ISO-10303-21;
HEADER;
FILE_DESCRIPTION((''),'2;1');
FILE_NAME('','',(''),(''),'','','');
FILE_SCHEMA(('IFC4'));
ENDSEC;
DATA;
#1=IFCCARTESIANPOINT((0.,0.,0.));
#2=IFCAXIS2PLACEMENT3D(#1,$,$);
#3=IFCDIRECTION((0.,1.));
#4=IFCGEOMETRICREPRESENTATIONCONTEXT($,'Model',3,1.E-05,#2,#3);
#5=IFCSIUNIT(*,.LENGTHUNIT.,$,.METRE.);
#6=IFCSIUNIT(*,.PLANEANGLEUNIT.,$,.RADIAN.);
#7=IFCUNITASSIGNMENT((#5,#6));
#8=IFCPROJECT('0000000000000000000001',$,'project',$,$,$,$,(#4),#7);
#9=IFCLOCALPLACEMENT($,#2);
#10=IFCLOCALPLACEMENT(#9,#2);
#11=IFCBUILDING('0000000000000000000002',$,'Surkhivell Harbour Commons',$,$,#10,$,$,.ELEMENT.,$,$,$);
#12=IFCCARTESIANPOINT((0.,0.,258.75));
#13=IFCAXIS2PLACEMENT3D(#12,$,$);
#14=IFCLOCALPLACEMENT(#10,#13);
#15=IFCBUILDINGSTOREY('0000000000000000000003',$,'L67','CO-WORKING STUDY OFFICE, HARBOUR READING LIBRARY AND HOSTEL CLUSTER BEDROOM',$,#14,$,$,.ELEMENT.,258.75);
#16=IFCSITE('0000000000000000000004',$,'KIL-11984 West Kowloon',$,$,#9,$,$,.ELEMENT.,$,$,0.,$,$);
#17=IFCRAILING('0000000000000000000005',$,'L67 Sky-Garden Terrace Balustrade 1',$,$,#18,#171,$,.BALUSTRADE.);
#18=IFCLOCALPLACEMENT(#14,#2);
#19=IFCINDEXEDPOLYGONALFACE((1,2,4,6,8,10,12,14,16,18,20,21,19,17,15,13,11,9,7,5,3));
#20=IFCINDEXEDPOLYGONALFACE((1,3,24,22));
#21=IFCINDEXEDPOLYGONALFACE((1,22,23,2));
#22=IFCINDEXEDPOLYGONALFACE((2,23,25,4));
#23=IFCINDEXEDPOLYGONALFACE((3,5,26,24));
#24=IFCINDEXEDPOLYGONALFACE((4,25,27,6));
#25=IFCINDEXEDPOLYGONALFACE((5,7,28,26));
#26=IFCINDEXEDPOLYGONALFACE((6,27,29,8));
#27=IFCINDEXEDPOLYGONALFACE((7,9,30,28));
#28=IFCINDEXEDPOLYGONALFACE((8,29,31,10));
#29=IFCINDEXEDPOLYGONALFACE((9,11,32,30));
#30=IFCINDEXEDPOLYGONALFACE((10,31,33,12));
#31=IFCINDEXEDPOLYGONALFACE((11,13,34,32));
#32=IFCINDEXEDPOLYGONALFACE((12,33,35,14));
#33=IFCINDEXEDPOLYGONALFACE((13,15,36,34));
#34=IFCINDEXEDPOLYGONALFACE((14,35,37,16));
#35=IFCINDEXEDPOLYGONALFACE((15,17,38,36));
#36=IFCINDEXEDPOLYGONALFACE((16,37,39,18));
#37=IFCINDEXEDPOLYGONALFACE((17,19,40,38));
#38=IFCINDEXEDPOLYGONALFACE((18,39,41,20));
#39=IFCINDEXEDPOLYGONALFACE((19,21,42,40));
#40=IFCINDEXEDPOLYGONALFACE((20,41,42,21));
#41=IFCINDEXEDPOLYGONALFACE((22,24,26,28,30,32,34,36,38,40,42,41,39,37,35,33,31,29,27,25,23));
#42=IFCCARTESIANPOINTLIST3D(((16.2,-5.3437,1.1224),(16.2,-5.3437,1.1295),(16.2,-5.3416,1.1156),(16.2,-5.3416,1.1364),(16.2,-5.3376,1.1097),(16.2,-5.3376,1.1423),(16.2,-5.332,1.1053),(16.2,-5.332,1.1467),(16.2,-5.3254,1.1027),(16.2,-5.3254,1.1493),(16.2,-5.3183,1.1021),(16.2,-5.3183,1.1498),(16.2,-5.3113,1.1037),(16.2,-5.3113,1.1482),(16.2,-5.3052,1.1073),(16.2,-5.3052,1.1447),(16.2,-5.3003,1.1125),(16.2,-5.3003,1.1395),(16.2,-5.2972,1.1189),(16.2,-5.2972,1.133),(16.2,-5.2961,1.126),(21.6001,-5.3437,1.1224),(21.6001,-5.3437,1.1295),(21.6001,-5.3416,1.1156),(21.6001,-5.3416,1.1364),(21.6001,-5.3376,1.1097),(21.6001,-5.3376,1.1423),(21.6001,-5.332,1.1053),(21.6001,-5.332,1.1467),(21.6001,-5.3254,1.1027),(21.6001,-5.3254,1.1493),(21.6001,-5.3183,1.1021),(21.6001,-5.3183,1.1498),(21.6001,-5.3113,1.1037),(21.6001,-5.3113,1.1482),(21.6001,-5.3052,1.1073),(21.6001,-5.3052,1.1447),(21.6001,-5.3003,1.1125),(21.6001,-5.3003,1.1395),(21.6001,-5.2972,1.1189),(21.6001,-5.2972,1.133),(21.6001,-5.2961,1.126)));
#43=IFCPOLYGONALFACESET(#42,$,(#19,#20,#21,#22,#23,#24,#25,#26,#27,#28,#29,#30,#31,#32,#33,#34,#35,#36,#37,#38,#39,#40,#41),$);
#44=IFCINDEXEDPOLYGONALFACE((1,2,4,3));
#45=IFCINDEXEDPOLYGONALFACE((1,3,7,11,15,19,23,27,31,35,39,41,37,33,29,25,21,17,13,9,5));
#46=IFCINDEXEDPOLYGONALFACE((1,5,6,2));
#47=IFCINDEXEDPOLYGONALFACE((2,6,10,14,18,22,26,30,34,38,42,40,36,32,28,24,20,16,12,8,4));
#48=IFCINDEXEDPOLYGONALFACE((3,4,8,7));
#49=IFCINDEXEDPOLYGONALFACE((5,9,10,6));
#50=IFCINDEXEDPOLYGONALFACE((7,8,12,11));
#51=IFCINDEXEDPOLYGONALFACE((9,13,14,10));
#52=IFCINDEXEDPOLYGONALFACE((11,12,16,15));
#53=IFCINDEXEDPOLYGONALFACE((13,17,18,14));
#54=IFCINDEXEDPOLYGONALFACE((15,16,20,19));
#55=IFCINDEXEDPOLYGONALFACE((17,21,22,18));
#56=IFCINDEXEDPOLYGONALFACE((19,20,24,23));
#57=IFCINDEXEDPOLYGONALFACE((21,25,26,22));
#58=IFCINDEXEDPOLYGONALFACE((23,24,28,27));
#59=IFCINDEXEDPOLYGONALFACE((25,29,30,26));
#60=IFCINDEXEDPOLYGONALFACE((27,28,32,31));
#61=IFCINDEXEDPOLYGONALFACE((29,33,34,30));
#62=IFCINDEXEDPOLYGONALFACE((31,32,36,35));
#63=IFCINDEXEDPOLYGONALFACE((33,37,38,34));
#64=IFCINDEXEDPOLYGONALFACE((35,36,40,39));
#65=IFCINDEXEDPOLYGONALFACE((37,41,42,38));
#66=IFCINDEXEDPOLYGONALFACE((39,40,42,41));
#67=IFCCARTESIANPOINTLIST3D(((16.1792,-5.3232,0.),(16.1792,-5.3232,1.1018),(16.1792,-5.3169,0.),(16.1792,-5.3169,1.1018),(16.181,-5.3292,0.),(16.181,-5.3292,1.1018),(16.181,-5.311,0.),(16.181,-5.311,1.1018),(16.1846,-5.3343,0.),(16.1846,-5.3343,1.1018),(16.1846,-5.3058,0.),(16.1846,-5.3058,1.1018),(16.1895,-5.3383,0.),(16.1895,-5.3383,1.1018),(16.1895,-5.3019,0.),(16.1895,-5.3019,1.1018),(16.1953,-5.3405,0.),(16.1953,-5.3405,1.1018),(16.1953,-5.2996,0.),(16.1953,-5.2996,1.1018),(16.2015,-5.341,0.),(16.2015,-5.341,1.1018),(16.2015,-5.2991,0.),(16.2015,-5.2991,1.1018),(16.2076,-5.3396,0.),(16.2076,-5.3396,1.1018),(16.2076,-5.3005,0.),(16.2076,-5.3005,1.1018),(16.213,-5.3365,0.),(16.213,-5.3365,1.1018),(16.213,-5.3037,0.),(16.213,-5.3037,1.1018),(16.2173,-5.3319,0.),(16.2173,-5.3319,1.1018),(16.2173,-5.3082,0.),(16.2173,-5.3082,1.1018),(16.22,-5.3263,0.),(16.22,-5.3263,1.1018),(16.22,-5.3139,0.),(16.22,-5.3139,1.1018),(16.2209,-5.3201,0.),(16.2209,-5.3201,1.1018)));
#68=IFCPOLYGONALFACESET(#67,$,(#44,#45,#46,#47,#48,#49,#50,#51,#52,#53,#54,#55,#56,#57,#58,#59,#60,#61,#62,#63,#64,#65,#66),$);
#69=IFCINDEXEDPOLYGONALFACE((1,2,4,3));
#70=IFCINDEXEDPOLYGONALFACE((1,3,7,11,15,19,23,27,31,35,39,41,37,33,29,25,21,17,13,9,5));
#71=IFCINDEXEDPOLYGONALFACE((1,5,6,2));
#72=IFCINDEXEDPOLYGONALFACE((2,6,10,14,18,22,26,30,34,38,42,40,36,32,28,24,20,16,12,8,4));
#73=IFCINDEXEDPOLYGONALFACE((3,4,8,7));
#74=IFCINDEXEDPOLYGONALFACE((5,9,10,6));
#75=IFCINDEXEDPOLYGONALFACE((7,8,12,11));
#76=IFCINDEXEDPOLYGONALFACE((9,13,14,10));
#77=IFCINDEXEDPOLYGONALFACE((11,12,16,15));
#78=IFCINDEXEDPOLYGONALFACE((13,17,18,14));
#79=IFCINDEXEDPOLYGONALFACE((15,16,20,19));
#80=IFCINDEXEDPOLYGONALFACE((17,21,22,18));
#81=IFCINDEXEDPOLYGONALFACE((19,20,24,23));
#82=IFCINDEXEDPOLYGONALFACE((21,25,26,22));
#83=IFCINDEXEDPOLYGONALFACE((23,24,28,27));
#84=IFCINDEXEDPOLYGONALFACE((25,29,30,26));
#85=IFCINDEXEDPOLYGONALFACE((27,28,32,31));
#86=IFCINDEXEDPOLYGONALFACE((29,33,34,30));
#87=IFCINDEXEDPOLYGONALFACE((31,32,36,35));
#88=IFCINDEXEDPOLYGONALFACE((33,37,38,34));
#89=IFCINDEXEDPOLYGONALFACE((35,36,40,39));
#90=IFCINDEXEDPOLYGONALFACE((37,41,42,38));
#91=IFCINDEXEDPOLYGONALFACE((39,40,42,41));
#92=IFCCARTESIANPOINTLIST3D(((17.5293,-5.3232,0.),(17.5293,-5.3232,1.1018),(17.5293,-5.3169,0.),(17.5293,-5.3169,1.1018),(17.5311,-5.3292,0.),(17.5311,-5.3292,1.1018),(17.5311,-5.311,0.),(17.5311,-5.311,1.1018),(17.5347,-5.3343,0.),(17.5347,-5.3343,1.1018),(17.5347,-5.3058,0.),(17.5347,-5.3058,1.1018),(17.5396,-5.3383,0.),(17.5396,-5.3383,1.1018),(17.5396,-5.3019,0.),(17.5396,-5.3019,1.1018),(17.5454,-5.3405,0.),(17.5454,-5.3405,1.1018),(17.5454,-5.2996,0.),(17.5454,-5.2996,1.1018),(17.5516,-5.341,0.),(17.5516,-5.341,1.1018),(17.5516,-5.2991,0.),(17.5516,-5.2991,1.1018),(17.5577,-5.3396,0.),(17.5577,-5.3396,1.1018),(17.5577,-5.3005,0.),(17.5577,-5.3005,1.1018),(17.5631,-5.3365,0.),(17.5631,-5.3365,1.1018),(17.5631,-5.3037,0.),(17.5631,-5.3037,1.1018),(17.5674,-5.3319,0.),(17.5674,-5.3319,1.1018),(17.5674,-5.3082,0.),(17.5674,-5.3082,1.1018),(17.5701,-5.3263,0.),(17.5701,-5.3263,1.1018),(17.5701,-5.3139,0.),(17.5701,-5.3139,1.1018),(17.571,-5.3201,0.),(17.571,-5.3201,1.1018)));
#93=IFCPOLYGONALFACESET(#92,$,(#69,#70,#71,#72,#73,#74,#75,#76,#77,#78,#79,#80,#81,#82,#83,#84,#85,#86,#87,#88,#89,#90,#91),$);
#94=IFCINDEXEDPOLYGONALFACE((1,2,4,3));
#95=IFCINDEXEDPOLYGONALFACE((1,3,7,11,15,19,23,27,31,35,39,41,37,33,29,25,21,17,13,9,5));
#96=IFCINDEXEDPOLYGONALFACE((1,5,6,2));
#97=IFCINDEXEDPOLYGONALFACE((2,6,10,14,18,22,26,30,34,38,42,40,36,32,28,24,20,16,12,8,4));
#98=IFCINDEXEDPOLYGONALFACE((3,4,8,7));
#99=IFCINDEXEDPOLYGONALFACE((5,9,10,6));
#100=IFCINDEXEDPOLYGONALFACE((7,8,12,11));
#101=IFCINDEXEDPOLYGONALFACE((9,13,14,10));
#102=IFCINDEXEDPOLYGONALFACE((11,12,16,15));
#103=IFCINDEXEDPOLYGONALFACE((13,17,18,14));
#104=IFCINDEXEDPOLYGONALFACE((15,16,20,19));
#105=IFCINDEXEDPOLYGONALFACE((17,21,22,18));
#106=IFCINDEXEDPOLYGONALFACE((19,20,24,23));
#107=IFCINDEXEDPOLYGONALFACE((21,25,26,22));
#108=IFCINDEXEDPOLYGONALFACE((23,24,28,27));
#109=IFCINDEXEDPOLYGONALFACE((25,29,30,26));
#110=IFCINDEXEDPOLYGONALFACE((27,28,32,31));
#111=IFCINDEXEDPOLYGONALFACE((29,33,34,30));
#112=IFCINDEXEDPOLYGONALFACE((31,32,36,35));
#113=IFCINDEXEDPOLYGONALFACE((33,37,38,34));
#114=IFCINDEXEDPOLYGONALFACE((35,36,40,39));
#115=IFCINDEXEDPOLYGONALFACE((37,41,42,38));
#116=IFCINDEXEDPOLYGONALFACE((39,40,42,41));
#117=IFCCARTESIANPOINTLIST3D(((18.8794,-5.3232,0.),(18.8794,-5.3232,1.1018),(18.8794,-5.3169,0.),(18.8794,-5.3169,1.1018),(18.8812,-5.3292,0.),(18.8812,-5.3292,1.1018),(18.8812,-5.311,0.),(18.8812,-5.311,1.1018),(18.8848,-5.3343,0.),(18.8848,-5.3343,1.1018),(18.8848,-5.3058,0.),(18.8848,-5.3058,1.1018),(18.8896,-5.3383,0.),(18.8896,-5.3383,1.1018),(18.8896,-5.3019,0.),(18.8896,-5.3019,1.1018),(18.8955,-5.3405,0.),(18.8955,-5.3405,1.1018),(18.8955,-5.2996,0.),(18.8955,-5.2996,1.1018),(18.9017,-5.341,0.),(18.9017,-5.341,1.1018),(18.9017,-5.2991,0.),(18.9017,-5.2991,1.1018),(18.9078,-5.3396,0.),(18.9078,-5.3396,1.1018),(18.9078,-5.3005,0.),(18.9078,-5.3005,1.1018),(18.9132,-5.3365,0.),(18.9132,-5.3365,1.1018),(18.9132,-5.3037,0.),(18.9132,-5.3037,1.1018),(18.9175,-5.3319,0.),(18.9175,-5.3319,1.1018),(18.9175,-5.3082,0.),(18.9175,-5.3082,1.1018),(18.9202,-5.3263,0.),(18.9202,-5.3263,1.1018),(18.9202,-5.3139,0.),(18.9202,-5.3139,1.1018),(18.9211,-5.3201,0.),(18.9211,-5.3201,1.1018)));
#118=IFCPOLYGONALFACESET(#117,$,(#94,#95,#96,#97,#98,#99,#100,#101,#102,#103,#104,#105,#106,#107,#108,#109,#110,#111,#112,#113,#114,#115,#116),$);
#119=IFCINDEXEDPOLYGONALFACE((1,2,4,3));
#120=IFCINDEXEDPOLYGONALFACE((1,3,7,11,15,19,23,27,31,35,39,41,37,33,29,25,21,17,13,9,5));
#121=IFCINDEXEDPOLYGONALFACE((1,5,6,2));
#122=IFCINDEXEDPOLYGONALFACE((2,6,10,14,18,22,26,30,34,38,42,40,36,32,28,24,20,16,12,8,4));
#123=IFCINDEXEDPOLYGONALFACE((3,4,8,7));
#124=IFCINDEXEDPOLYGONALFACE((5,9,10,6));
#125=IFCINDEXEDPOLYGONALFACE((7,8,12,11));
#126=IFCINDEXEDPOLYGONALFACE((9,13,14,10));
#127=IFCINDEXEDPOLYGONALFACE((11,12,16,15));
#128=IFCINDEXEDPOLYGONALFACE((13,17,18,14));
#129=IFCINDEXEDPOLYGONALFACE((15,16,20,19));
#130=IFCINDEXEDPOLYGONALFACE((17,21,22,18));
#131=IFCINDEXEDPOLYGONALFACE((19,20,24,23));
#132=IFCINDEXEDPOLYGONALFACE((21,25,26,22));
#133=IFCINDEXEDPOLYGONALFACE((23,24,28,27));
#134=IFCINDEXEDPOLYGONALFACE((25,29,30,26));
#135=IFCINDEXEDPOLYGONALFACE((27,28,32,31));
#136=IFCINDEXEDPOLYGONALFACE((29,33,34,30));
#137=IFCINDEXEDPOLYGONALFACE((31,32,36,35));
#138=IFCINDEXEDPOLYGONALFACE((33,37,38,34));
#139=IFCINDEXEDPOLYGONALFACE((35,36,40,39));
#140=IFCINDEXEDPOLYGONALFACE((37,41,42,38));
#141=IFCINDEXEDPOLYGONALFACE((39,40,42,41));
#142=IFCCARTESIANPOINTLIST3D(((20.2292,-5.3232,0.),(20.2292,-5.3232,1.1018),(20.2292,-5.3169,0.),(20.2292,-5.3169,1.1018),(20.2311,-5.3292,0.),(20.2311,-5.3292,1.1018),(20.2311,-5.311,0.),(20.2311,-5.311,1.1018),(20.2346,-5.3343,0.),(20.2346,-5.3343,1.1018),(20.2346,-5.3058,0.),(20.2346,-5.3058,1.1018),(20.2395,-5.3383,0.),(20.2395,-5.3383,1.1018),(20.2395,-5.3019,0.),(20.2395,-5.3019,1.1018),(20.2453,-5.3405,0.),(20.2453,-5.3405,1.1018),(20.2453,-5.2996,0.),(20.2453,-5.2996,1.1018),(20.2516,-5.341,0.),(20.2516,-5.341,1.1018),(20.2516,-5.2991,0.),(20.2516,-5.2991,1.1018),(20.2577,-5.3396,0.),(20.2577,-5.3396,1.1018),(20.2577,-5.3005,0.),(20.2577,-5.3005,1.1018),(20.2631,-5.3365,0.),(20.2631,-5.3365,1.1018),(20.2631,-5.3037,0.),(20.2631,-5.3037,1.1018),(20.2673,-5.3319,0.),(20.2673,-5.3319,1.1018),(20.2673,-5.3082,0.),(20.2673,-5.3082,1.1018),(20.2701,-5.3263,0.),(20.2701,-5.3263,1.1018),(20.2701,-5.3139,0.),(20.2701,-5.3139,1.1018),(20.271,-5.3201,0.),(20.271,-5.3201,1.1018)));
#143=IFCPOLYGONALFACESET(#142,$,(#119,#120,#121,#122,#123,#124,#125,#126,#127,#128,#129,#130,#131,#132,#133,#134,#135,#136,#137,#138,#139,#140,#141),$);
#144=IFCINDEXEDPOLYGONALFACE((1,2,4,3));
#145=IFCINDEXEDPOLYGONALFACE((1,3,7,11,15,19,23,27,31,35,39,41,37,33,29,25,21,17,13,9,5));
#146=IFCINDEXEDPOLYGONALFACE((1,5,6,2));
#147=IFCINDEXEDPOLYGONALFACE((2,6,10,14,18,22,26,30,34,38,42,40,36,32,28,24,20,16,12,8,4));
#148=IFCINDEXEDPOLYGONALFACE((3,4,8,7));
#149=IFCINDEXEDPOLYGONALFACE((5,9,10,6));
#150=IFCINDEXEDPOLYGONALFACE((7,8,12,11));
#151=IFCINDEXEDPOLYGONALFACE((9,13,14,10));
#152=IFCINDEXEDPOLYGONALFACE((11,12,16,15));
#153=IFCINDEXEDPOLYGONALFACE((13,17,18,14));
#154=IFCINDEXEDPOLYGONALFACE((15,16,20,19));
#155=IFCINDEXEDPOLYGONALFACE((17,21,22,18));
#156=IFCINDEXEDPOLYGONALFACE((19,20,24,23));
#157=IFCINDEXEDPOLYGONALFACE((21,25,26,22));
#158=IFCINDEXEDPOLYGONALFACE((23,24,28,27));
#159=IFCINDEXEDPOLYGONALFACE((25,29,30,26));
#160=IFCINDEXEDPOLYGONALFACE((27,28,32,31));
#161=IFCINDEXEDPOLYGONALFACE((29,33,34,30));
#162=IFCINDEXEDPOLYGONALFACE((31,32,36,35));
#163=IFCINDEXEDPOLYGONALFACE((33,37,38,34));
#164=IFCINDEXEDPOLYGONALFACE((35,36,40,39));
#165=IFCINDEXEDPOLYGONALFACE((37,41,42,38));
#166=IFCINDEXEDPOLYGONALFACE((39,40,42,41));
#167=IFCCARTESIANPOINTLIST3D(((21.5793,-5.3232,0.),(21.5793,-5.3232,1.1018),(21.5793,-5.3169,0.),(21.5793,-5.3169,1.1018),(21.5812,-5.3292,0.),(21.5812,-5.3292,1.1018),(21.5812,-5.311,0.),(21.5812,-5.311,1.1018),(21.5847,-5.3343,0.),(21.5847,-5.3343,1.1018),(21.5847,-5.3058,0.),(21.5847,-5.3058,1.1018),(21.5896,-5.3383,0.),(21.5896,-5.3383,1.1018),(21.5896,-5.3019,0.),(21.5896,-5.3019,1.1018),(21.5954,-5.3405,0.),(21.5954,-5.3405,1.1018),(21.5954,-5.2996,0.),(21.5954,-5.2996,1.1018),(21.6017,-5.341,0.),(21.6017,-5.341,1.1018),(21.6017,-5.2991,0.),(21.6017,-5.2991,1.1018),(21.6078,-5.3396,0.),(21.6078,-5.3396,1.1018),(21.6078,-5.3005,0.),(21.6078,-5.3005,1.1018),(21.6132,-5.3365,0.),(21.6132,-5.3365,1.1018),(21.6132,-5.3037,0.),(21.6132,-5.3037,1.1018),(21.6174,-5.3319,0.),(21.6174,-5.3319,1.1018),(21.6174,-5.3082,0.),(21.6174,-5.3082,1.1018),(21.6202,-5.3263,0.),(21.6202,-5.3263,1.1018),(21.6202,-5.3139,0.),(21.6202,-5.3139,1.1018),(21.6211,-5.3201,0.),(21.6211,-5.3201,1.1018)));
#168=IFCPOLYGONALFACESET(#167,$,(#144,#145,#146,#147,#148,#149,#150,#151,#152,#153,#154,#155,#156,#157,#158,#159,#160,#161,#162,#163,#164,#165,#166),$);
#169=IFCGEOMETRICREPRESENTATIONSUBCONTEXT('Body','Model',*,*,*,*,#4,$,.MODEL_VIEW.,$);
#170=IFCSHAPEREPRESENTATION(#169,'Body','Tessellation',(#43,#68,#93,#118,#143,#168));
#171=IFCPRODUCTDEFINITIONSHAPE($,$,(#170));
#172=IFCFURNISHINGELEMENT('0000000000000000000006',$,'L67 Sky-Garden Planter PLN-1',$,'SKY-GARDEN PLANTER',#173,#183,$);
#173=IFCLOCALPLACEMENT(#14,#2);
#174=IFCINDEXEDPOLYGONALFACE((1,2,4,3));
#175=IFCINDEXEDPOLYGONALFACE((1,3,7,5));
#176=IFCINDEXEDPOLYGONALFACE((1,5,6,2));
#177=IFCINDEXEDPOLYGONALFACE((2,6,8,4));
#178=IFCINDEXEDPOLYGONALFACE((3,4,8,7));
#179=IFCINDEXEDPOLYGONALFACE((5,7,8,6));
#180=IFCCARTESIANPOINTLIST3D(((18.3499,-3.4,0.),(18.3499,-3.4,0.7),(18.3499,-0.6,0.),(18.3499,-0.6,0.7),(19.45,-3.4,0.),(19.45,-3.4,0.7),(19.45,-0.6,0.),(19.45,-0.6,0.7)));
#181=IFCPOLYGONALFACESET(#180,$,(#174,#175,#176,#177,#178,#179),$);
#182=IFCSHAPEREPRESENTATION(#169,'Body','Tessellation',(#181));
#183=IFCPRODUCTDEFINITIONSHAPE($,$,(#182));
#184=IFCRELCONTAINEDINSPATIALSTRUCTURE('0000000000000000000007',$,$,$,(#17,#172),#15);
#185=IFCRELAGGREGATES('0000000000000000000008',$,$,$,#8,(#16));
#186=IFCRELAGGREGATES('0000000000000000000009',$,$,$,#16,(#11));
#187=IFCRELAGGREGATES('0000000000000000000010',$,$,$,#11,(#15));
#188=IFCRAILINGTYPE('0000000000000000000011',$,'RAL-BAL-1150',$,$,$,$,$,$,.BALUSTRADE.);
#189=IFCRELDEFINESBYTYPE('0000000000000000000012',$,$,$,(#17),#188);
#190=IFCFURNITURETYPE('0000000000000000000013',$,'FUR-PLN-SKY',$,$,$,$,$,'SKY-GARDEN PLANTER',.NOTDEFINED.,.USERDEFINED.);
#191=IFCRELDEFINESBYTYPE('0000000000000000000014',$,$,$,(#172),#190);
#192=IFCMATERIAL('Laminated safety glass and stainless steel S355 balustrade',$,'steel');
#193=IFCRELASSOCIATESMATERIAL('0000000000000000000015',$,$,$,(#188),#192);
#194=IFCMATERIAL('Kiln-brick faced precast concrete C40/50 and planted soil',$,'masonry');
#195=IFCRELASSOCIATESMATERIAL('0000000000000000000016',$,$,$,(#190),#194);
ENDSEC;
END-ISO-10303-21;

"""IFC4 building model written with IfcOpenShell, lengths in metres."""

from ifc_helpers import new_model, si_unit, direction, frame, origin, origin_2d, place, context, subcontext, project, spatial, rectangle, circle, extrude, material, type_object, element, save


model = new_model("IFC4")

# Units and contexts
model_context = context("Model", 3, precision=1e-05, world=origin(), true_north=direction((0.0, 1.0)))
body_context = subcontext(model_context, "Body", "Model", "MODEL_VIEW")
ifc_project = project(units=[si_unit("LENGTHUNIT", "METRE"), si_unit("PLANEANGLEUNIT", "RADIAN")], contexts=[model_context])

# Site, building, storey
site_placement = place(None, origin())
site = spatial("IfcSite", under=ifc_project, at=site_placement, Name="KIL-11984 West Kowloon", CompositionType="ELEMENT", RefElevation=0.0)
building_placement = place(site_placement, origin())
building = spatial("IfcBuilding", under=site, at=building_placement, Name="Surkhivell Harbour Commons", CompositionType="ELEMENT")
storey_placement = place(building_placement, frame((0.0, 0.0, 258.75)))
storey = spatial("IfcBuildingStorey", under=building, at=storey_placement, Name="L67", Description="CO-WORKING STUDY OFFICE, HARBOUR READING LIBRARY AND HOSTEL CLUSTER BEDROOM", CompositionType="ELEMENT", Elevation=258.75)

# Railing
ifc_material_1 = material(Name="Laminated safety glass and stainless steel S355 balustrade", Category="steel")
railing_type = type_object("IfcRailingType", Name="RAL-BAL-1150", PredefinedType="BALUSTRADE", material=ifc_material_1)
railing_1_placement = place(storey_placement, frame((16.2, -5.3201, 0.0)))
element("IfcRailing", 1, at=railing_1_placement, inside=storey, type_object=railing_type, Name="L67 Sky-Garden Terrace Balustrade 1", PredefinedType="BALUSTRADE", context=body_context, shape_type="SweptSolid", body=[
    extrude(circle(Radius=0.0239, at=origin_2d()), frame((0.0, 0.0, 1.126), z_axis=(1.0, 0.0, 0.0), x_axis=(0.0, 1.0, 0.0)), (0.0, 0.0, 1.0), 5.4001),
    extrude(circle(Radius=0.021, at=origin_2d()), origin(), (0.0, 0.0, 1.0), 1.1018),
    extrude(circle(Radius=0.021, at=origin_2d()), frame((1.3501, 0.0, 0.0)), (0.0, 0.0, 1.0), 1.1018),
    extrude(circle(Radius=0.021, at=origin_2d()), frame((2.7002, 0.0, 0.0)), (0.0, 0.0, 1.0), 1.1018),
    extrude(circle(Radius=0.021, at=origin_2d()), frame((4.05, 0.0, 0.0)), (0.0, 0.0, 1.0), 1.1018),
    extrude(circle(Radius=0.021, at=origin_2d()), frame((5.4001, 0.0, 0.0)), (0.0, 0.0, 1.0), 1.1018),
])

# Furnishing element
ifc_material_2 = material(Name="Kiln-brick faced precast concrete C40/50 and planted soil", Category="masonry")
furniture_type = type_object("IfcFurnitureType", Name="FUR-PLN-SKY", ElementType="SKY-GARDEN PLANTER", AssemblyPlace="NOTDEFINED", PredefinedType="USERDEFINED", material=ifc_material_2)
furnishing_placement = place(storey_placement, frame((18.8999, -2.0, 0.0), z_axis=(0.0, 0.0, 1.0), x_axis=(0.0, 1.0, 0.0)))
element("IfcFurnishingElement", 2, at=furnishing_placement, inside=storey, type_object=furniture_type, Name="L67 Sky-Garden Planter PLN-1", ObjectType="SKY-GARDEN PLANTER", context=body_context, shape_type="SweptSolid", body=[
    extrude(rectangle(XDim=2.8, YDim=1.1001, at=origin_2d()), origin(), (0.0, 0.0, 1.0), 0.7),
])

save(model, "model.ifc")
